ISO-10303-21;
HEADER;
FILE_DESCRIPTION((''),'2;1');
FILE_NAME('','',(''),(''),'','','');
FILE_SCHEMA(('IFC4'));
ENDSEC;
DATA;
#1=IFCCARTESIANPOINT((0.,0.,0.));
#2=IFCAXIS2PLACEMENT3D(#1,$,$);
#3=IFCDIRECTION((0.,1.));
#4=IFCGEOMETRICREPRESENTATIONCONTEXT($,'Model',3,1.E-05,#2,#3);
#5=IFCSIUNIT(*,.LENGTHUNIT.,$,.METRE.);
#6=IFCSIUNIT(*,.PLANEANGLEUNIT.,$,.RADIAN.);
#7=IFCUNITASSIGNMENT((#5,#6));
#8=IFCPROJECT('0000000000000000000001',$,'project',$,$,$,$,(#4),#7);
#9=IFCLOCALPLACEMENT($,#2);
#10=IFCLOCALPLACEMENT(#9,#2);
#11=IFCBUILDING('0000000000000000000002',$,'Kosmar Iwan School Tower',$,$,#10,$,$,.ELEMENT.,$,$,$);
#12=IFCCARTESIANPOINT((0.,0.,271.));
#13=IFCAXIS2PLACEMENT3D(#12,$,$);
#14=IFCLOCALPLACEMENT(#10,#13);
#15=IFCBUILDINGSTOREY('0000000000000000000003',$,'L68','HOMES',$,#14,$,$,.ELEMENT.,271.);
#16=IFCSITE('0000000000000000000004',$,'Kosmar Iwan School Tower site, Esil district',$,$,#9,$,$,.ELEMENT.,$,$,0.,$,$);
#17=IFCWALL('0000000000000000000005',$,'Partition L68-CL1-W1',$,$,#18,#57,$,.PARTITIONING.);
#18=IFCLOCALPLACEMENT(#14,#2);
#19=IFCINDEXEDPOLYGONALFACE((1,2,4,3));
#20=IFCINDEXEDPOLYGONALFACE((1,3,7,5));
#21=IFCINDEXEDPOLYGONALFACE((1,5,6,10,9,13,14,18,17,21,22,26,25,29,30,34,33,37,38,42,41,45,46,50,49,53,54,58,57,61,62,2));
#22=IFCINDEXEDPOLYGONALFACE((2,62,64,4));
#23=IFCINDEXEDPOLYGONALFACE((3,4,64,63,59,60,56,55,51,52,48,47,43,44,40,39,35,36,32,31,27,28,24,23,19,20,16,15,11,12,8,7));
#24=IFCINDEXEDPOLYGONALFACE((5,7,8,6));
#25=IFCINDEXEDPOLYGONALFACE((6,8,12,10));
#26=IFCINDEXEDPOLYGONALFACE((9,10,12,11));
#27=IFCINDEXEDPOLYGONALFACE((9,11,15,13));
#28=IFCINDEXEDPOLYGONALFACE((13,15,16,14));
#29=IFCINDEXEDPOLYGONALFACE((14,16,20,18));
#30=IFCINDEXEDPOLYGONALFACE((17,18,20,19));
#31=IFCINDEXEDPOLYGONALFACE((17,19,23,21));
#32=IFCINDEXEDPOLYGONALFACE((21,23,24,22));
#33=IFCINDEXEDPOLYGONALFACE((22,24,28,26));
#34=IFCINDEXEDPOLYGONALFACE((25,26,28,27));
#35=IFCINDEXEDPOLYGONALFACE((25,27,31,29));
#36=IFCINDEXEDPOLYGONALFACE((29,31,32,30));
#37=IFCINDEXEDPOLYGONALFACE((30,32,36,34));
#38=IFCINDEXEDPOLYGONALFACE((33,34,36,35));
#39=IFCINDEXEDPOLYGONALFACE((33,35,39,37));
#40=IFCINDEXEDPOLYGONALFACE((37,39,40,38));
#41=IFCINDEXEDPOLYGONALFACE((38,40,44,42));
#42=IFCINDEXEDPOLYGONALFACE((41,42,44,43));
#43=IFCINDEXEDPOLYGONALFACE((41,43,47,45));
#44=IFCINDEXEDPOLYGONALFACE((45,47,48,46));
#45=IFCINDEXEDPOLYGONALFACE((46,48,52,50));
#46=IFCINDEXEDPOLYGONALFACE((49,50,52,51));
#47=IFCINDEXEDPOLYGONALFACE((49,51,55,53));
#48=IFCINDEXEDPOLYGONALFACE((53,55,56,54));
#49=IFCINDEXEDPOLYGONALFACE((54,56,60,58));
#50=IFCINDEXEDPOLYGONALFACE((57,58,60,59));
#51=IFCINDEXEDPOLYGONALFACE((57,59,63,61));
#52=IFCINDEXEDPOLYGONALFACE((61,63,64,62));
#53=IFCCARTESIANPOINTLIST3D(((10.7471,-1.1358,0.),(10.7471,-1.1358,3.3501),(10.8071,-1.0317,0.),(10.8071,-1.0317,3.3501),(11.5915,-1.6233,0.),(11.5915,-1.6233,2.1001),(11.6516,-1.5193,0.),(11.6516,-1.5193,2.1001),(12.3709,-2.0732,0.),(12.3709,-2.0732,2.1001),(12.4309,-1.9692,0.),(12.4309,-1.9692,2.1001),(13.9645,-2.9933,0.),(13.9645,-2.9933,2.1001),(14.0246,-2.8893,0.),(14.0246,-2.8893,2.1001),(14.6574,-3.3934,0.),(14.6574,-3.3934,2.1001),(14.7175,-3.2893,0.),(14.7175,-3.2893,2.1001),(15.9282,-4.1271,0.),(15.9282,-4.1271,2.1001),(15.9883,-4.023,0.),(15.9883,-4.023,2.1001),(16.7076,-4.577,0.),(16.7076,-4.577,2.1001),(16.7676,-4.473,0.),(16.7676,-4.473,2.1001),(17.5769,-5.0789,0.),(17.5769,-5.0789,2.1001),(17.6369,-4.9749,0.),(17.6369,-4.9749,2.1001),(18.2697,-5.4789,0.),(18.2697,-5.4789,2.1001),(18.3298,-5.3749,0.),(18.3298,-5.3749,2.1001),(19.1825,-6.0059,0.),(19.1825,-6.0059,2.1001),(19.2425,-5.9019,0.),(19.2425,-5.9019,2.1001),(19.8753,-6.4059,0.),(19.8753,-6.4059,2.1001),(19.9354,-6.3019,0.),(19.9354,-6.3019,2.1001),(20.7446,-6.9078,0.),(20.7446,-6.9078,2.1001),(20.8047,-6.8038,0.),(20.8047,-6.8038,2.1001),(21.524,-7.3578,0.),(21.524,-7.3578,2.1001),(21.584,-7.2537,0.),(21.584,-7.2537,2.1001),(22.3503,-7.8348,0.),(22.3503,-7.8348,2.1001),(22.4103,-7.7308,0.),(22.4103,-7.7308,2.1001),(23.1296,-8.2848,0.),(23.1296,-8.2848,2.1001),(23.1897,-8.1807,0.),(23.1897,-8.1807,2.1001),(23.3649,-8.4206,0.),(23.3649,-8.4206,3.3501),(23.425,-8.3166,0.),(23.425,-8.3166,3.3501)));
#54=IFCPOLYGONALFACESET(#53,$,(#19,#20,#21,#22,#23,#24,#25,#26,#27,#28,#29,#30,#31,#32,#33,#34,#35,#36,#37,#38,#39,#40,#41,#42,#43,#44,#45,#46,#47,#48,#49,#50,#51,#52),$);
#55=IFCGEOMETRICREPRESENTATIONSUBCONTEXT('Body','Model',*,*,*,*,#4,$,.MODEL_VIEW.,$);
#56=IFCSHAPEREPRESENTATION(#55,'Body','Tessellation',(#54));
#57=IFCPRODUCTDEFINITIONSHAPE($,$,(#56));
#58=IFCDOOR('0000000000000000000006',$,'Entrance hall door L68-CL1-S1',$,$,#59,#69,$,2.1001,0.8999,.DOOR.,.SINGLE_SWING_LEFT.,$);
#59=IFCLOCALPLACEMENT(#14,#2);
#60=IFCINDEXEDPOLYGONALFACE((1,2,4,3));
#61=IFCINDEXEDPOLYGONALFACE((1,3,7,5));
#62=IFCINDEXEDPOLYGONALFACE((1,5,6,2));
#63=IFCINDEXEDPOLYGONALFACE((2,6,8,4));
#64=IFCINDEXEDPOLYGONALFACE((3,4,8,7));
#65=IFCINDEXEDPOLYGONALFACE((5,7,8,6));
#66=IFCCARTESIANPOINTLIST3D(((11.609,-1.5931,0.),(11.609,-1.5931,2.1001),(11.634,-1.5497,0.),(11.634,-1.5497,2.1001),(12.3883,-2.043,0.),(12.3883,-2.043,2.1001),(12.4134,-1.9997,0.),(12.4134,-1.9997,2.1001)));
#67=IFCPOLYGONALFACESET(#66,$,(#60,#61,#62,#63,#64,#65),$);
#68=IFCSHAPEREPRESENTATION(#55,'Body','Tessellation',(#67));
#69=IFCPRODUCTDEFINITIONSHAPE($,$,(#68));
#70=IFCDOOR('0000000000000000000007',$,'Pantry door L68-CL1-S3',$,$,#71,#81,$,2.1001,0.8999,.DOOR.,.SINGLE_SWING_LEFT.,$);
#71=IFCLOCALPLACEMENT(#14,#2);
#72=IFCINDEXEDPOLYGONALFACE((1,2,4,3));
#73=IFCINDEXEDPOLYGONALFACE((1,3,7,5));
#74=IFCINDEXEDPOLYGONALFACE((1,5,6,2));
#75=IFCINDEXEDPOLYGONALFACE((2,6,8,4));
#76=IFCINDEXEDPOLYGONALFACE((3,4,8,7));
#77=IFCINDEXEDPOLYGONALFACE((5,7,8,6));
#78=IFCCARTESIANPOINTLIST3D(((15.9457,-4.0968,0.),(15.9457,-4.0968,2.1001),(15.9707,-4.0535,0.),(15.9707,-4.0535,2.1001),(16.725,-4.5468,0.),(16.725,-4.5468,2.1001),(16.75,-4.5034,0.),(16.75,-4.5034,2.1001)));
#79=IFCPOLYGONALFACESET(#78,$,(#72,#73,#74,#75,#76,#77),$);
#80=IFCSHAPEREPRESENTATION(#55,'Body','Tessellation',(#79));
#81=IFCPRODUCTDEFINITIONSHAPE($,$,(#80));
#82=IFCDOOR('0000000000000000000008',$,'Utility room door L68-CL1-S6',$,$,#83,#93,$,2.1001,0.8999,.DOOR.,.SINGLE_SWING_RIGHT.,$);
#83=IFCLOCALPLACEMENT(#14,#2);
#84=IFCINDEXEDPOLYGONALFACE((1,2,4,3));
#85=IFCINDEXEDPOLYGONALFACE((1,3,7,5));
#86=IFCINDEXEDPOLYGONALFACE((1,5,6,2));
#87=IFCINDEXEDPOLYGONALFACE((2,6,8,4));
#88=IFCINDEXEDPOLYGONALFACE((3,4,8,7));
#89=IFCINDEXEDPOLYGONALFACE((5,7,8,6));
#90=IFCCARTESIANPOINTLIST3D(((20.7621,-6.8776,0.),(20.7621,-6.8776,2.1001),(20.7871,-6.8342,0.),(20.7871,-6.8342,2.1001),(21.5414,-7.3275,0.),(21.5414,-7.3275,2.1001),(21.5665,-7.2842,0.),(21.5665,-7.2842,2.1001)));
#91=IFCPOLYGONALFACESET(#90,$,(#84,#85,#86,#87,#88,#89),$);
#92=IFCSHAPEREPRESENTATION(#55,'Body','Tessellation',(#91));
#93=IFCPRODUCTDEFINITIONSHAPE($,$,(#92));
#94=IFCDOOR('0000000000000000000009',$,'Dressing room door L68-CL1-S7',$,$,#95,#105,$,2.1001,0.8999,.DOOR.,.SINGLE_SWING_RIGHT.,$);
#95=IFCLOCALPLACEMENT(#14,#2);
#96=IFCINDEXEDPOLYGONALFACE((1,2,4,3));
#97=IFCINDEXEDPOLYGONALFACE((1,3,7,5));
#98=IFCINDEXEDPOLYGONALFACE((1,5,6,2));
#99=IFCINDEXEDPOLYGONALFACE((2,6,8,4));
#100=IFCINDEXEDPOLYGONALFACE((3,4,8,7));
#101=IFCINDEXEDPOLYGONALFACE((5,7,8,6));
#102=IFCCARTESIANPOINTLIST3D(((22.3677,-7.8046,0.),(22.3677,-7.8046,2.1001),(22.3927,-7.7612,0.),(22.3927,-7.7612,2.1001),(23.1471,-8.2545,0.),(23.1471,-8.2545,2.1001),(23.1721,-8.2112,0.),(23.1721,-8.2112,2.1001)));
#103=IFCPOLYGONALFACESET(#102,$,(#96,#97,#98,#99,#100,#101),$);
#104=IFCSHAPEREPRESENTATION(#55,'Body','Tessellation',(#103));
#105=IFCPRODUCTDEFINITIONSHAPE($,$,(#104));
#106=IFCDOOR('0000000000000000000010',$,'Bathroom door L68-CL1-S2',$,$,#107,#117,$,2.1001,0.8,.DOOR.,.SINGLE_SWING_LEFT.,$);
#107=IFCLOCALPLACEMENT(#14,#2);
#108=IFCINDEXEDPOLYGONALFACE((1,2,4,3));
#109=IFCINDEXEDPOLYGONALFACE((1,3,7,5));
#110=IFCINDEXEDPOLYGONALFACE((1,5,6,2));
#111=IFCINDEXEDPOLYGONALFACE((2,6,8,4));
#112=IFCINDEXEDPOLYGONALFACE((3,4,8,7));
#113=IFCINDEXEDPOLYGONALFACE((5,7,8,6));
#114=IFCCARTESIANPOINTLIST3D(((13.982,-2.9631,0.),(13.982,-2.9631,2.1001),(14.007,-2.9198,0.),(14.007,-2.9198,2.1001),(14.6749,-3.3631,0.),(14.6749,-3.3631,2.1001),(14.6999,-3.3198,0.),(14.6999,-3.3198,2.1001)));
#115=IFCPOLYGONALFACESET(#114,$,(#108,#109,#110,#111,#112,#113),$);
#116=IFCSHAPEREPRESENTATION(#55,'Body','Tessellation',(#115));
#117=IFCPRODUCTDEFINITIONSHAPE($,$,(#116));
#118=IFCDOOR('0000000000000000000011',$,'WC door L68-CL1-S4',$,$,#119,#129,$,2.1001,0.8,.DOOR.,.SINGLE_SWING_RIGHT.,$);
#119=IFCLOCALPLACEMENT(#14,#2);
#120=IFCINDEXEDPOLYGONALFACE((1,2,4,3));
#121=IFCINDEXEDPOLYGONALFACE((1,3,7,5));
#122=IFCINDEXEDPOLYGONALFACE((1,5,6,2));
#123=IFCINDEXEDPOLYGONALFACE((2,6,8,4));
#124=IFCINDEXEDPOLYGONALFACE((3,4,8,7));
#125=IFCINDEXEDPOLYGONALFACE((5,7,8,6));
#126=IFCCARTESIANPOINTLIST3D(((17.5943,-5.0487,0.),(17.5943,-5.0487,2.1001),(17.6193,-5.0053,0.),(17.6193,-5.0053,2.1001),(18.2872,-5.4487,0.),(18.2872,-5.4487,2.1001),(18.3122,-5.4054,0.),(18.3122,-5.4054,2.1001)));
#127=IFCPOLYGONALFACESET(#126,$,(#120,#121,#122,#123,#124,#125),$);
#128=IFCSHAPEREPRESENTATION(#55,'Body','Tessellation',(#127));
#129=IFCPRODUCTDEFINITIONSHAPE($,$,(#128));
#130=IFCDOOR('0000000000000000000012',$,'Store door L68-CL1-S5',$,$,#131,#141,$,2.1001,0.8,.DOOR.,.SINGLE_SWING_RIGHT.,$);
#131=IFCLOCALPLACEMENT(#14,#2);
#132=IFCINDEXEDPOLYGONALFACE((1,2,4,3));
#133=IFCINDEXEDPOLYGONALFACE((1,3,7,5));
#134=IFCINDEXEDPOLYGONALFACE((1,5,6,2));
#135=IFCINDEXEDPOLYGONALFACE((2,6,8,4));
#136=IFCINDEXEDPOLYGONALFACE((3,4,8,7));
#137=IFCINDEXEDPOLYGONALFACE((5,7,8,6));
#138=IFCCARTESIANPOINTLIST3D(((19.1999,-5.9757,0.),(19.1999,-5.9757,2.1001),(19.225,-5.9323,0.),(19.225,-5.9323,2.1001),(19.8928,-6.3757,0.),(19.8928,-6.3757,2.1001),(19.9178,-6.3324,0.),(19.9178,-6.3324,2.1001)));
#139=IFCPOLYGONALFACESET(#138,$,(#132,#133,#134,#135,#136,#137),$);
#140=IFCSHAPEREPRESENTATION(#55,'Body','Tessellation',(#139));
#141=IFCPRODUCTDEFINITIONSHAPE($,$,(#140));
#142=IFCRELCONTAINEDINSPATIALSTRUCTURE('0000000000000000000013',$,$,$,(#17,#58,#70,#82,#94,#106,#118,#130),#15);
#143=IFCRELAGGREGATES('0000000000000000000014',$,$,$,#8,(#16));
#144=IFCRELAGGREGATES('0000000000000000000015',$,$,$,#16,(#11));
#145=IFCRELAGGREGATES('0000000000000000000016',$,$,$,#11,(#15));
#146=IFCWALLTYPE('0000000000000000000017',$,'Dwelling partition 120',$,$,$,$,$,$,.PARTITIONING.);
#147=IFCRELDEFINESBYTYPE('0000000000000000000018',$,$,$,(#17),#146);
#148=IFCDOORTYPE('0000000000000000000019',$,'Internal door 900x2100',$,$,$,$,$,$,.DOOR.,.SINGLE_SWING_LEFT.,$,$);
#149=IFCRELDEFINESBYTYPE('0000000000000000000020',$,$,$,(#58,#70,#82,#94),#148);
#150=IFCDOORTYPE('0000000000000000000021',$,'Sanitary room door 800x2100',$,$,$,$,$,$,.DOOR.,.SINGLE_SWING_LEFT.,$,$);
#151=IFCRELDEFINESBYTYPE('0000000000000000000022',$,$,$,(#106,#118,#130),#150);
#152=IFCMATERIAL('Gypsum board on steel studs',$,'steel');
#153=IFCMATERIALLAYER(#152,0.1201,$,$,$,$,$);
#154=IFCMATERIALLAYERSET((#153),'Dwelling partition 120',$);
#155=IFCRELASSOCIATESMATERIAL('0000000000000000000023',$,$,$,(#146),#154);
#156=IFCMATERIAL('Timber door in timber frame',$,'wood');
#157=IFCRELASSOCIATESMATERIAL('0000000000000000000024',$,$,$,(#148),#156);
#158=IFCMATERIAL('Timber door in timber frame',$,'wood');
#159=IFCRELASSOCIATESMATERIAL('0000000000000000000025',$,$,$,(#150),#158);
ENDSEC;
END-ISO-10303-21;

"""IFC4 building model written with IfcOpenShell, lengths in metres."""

from ifc_helpers import new_model, si_unit, direction, frame, frame_2d, origin, place, context, subcontext, project, spatial, rectangle, extrude, material, layer, layer_set, type_object, element, fill, save


model = new_model("IFC4")

# Units and contexts
model_context = context("Model", 3, precision=1e-05, world=origin(), true_north=direction((0.0, 1.0)))
body_context = subcontext(model_context, "Body", "Model", "MODEL_VIEW")
ifc_project = project(units=[si_unit("LENGTHUNIT", "METRE"), si_unit("PLANEANGLEUNIT", "RADIAN")], contexts=[model_context])

# Site, building, storey
site_placement = place(None, origin())
site = spatial("IfcSite", under=ifc_project, at=site_placement, Name="Kosmar Iwan School Tower site, Esil district", CompositionType="ELEMENT", RefElevation=0.0)
building_placement = place(site_placement, origin())
building = spatial("IfcBuilding", under=site, at=building_placement, Name="Kosmar Iwan School Tower", CompositionType="ELEMENT")
storey_placement = place(building_placement, frame((0.0, 0.0, 271.0)))
storey = spatial("IfcBuildingStorey", under=building, at=storey_placement, Name="L68", Description="HOMES", CompositionType="ELEMENT", Elevation=271.0)

# Wall, openings, doors
ifc_material_1 = material(Name="Gypsum board on steel studs", Category="steel")
ifc_layer_1 = layer(ifc_material_1, 0.1201)
ifc_layer_set_1 = layer_set([ifc_layer_1], Name="Dwelling partition 120")
wall_type_1 = type_object("IfcWallType", Name="Dwelling partition 120", PredefinedType="PARTITIONING", material=ifc_layer_set_1)
wall_1_placement = place(storey_placement, frame((10.7771, -1.0837, 0.0), z_axis=(0.0, 0.0, 1.0), x_axis=(0.866027, -0.499998, 0.0)))
wall_1 = element("IfcWall", 1, at=wall_1_placement, inside=storey, type_object=wall_type_1, Name="Partition L68-CL1-W1", PredefinedType="PARTITIONING", context=body_context, shape_type="SweptSolid", body=[
    extrude(rectangle(XDim=14.5698, YDim=0.1201, at=frame_2d((7.2849, 0.0))), origin(), (0.0, 0.0, 1.0), 3.3501),
])
opening_1_placement = place(wall_1_placement, frame((0.9751, 0.0, 0.0)))
opening_1 = element("IfcOpeningElement", 2, at=opening_1_placement, cuts=wall_1, PredefinedType="OPENING", context=body_context, shape_type="SweptSolid", body=[
    extrude(rectangle(XDim=0.8999, YDim=2.1001, at=frame_2d((0.45, 1.05))), frame((0.0, 0.072, 0.0), z_axis=(0.0, -1.0, 0.0), x_axis=(1.0, 0.0, 0.0)), (0.0, 0.0, 1.0), 0.144),
])
opening_2_placement = place(wall_1_placement, frame((3.7153, 0.0, 0.0)))
opening_2 = element("IfcOpeningElement", 3, at=opening_2_placement, cuts=wall_1, PredefinedType="OPENING", context=body_context, shape_type="SweptSolid", body=[
    extrude(rectangle(XDim=0.8, YDim=2.1001, at=frame_2d((0.3999, 1.05))), frame((0.0, 0.072, 0.0), z_axis=(0.0, -1.0, 0.0), x_axis=(1.0, 0.0, 0.0)), (0.0, 0.0, 1.0), 0.144),
])
opening_3_placement = place(wall_1_placement, frame((5.9827, 0.0, 0.0)))
opening_3 = element("IfcOpeningElement", 4, at=opening_3_placement, cuts=wall_1, PredefinedType="OPENING", context=body_context, shape_type="SweptSolid", body=[
    extrude(rectangle(XDim=0.8999, YDim=2.1001, at=frame_2d((0.45, 1.05))), frame((0.0, 0.072, 0.0), z_axis=(0.0, -1.0, 0.0), x_axis=(1.0, 0.0, 0.0)), (0.0, 0.0, 1.0), 0.144),
])
opening_4_placement = place(wall_1_placement, frame((7.8865, 0.0, 0.0)))
opening_4 = element("IfcOpeningElement", 5, at=opening_4_placement, cuts=wall_1, PredefinedType="OPENING", context=body_context, shape_type="SweptSolid", body=[
    extrude(rectangle(XDim=0.8, YDim=2.1001, at=frame_2d((0.3999, 1.05))), frame((0.0, 0.072, 0.0), z_axis=(0.0, -1.0, 0.0), x_axis=(1.0, 0.0, 0.0)), (0.0, 0.0, 1.0), 0.144),
])
opening_5_placement = place(wall_1_placement, frame((9.7405, 0.0, 0.0)))
opening_5 = element("IfcOpeningElement", 6, at=opening_5_placement, cuts=wall_1, PredefinedType="OPENING", context=body_context, shape_type="SweptSolid", body=[
    extrude(rectangle(XDim=0.8, YDim=2.1001, at=frame_2d((0.3999, 1.05))), frame((0.0, 0.072, 0.0), z_axis=(0.0, -1.0, 0.0), x_axis=(1.0, 0.0, 0.0)), (0.0, 0.0, 1.0), 0.144),
])
opening_6_placement = place(wall_1_placement, frame((11.5442, 0.0, 0.0)))
opening_6 = element("IfcOpeningElement", 7, at=opening_6_placement, cuts=wall_1, PredefinedType="OPENING", context=body_context, shape_type="SweptSolid", body=[
    extrude(rectangle(XDim=0.8999, YDim=2.1001, at=frame_2d((0.45, 1.05))), frame((0.0, 0.072, 0.0), z_axis=(0.0, -1.0, 0.0), x_axis=(1.0, 0.0, 0.0)), (0.0, 0.0, 1.0), 0.144),
])
opening_7_placement = place(wall_1_placement, frame((13.3982, 0.0, 0.0)))
opening_7 = element("IfcOpeningElement", 8, at=opening_7_placement, cuts=wall_1, PredefinedType="OPENING", context=body_context, shape_type="SweptSolid", body=[
    extrude(rectangle(XDim=0.8999, YDim=2.1001, at=frame_2d((0.45, 1.05))), frame((0.0, 0.072, 0.0), z_axis=(0.0, -1.0, 0.0), x_axis=(1.0, 0.0, 0.0)), (0.0, 0.0, 1.0), 0.144),
])
ifc_material_2 = material(Name="Timber door in timber frame", Category="wood")
door_type_1 = type_object("IfcDoorType", Name="Internal door 900x2100", OperationType="SINGLE_SWING_LEFT", PredefinedType="DOOR", material=ifc_material_2)
door_1_placement = place(opening_1_placement, origin())
door_1 = element("IfcDoor", 9, at=door_1_placement, inside=storey, type_object=door_type_1, Name="Entrance hall door L68-CL1-S1", OperationType="SINGLE_SWING_LEFT", OverallHeight=2.1001, OverallWidth=0.8999, PredefinedType="DOOR", context=body_context, shape_type="SweptSolid", body=[
    extrude(rectangle(XDim=0.8999, YDim=2.1001, at=frame_2d((0.45, 1.05))), frame((0.0, 0.0249, 0.0), z_axis=(0.0, -1.0, 0.0), x_axis=(1.0, 0.0, 0.0)), (0.0, 0.0, 1.0), 0.05),
])
fill(opening_1, door_1)
door_2_placement = place(opening_3_placement, origin())
door_2 = element("IfcDoor", 10, at=door_2_placement, inside=storey, type_object=door_type_1, Name="Pantry door L68-CL1-S3", OperationType="SINGLE_SWING_LEFT", OverallHeight=2.1001, OverallWidth=0.8999, PredefinedType="DOOR", context=body_context, shape_type="SweptSolid", body=[
    extrude(rectangle(XDim=0.8999, YDim=2.1001, at=frame_2d((0.45, 1.05))), frame((0.0, 0.0249, 0.0), z_axis=(0.0, -1.0, 0.0), x_axis=(1.0, 0.0, 0.0)), (0.0, 0.0, 1.0), 0.05),
])
fill(opening_3, door_2)
door_3_placement = place(opening_6_placement, origin())
door_3 = element("IfcDoor", 11, at=door_3_placement, inside=storey, type_object=door_type_1, Name="Utility room door L68-CL1-S6", OperationType="SINGLE_SWING_RIGHT", OverallHeight=2.1001, OverallWidth=0.8999, PredefinedType="DOOR", context=body_context, shape_type="SweptSolid", body=[
    extrude(rectangle(XDim=0.8999, YDim=2.1001, at=frame_2d((0.45, 1.05))), frame((0.0, 0.0249, 0.0), z_axis=(0.0, -1.0, 0.0), x_axis=(1.0, 0.0, 0.0)), (0.0, 0.0, 1.0), 0.05),
])
fill(opening_6, door_3)
door_4_placement = place(opening_7_placement, origin())
door_4 = element("IfcDoor", 12, at=door_4_placement, inside=storey, type_object=door_type_1, Name="Dressing room door L68-CL1-S7", OperationType="SINGLE_SWING_RIGHT", OverallHeight=2.1001, OverallWidth=0.8999, PredefinedType="DOOR", context=body_context, shape_type="SweptSolid", body=[
    extrude(rectangle(XDim=0.8999, YDim=2.1001, at=frame_2d((0.45, 1.05))), frame((0.0, 0.0249, 0.0), z_axis=(0.0, -1.0, 0.0), x_axis=(1.0, 0.0, 0.0)), (0.0, 0.0, 1.0), 0.05),
])
fill(opening_7, door_4)
ifc_material_3 = material(Name="Timber door in timber frame", Category="wood")
door_type_2 = type_object("IfcDoorType", Name="Sanitary room door 800x2100", OperationType="SINGLE_SWING_LEFT", PredefinedType="DOOR", material=ifc_material_3)
door_5_placement = place(opening_2_placement, origin())
door_5 = element("IfcDoor", 13, at=door_5_placement, inside=storey, type_object=door_type_2, Name="Bathroom door L68-CL1-S2", OperationType="SINGLE_SWING_LEFT", OverallHeight=2.1001, OverallWidth=0.8, PredefinedType="DOOR", context=body_context, shape_type="SweptSolid", body=[
    extrude(rectangle(XDim=0.8, YDim=2.1001, at=frame_2d((0.3999, 1.05))), frame((0.0, 0.0249, 0.0), z_axis=(0.0, -1.0, 0.0), x_axis=(1.0, 0.0, 0.0)), (0.0, 0.0, 1.0), 0.05),
])
fill(opening_2, door_5)
door_6_placement = place(opening_4_placement, origin())
door_6 = element("IfcDoor", 14, at=door_6_placement, inside=storey, type_object=door_type_2, Name="WC door L68-CL1-S4", OperationType="SINGLE_SWING_RIGHT", OverallHeight=2.1001, OverallWidth=0.8, PredefinedType="DOOR", context=body_context, shape_type="SweptSolid", body=[
    extrude(rectangle(XDim=0.8, YDim=2.1001, at=frame_2d((0.3999, 1.05))), frame((0.0, 0.0249, 0.0), z_axis=(0.0, -1.0, 0.0), x_axis=(1.0, 0.0, 0.0)), (0.0, 0.0, 1.0), 0.05),
])
fill(opening_4, door_6)
door_7_placement = place(opening_5_placement, origin())
door_7 = element("IfcDoor", 15, at=door_7_placement, inside=storey, type_object=door_type_2, Name="Store door L68-CL1-S5", OperationType="SINGLE_SWING_RIGHT", OverallHeight=2.1001, OverallWidth=0.8, PredefinedType="DOOR", context=body_context, shape_type="SweptSolid", body=[
    extrude(rectangle(XDim=0.8, YDim=2.1001, at=frame_2d((0.3999, 1.05))), frame((0.0, 0.0249, 0.0), z_axis=(0.0, -1.0, 0.0), x_axis=(1.0, 0.0, 0.0)), (0.0, 0.0, 1.0), 0.05),
])
fill(opening_5, door_7)

save(model, "model.ifc")
